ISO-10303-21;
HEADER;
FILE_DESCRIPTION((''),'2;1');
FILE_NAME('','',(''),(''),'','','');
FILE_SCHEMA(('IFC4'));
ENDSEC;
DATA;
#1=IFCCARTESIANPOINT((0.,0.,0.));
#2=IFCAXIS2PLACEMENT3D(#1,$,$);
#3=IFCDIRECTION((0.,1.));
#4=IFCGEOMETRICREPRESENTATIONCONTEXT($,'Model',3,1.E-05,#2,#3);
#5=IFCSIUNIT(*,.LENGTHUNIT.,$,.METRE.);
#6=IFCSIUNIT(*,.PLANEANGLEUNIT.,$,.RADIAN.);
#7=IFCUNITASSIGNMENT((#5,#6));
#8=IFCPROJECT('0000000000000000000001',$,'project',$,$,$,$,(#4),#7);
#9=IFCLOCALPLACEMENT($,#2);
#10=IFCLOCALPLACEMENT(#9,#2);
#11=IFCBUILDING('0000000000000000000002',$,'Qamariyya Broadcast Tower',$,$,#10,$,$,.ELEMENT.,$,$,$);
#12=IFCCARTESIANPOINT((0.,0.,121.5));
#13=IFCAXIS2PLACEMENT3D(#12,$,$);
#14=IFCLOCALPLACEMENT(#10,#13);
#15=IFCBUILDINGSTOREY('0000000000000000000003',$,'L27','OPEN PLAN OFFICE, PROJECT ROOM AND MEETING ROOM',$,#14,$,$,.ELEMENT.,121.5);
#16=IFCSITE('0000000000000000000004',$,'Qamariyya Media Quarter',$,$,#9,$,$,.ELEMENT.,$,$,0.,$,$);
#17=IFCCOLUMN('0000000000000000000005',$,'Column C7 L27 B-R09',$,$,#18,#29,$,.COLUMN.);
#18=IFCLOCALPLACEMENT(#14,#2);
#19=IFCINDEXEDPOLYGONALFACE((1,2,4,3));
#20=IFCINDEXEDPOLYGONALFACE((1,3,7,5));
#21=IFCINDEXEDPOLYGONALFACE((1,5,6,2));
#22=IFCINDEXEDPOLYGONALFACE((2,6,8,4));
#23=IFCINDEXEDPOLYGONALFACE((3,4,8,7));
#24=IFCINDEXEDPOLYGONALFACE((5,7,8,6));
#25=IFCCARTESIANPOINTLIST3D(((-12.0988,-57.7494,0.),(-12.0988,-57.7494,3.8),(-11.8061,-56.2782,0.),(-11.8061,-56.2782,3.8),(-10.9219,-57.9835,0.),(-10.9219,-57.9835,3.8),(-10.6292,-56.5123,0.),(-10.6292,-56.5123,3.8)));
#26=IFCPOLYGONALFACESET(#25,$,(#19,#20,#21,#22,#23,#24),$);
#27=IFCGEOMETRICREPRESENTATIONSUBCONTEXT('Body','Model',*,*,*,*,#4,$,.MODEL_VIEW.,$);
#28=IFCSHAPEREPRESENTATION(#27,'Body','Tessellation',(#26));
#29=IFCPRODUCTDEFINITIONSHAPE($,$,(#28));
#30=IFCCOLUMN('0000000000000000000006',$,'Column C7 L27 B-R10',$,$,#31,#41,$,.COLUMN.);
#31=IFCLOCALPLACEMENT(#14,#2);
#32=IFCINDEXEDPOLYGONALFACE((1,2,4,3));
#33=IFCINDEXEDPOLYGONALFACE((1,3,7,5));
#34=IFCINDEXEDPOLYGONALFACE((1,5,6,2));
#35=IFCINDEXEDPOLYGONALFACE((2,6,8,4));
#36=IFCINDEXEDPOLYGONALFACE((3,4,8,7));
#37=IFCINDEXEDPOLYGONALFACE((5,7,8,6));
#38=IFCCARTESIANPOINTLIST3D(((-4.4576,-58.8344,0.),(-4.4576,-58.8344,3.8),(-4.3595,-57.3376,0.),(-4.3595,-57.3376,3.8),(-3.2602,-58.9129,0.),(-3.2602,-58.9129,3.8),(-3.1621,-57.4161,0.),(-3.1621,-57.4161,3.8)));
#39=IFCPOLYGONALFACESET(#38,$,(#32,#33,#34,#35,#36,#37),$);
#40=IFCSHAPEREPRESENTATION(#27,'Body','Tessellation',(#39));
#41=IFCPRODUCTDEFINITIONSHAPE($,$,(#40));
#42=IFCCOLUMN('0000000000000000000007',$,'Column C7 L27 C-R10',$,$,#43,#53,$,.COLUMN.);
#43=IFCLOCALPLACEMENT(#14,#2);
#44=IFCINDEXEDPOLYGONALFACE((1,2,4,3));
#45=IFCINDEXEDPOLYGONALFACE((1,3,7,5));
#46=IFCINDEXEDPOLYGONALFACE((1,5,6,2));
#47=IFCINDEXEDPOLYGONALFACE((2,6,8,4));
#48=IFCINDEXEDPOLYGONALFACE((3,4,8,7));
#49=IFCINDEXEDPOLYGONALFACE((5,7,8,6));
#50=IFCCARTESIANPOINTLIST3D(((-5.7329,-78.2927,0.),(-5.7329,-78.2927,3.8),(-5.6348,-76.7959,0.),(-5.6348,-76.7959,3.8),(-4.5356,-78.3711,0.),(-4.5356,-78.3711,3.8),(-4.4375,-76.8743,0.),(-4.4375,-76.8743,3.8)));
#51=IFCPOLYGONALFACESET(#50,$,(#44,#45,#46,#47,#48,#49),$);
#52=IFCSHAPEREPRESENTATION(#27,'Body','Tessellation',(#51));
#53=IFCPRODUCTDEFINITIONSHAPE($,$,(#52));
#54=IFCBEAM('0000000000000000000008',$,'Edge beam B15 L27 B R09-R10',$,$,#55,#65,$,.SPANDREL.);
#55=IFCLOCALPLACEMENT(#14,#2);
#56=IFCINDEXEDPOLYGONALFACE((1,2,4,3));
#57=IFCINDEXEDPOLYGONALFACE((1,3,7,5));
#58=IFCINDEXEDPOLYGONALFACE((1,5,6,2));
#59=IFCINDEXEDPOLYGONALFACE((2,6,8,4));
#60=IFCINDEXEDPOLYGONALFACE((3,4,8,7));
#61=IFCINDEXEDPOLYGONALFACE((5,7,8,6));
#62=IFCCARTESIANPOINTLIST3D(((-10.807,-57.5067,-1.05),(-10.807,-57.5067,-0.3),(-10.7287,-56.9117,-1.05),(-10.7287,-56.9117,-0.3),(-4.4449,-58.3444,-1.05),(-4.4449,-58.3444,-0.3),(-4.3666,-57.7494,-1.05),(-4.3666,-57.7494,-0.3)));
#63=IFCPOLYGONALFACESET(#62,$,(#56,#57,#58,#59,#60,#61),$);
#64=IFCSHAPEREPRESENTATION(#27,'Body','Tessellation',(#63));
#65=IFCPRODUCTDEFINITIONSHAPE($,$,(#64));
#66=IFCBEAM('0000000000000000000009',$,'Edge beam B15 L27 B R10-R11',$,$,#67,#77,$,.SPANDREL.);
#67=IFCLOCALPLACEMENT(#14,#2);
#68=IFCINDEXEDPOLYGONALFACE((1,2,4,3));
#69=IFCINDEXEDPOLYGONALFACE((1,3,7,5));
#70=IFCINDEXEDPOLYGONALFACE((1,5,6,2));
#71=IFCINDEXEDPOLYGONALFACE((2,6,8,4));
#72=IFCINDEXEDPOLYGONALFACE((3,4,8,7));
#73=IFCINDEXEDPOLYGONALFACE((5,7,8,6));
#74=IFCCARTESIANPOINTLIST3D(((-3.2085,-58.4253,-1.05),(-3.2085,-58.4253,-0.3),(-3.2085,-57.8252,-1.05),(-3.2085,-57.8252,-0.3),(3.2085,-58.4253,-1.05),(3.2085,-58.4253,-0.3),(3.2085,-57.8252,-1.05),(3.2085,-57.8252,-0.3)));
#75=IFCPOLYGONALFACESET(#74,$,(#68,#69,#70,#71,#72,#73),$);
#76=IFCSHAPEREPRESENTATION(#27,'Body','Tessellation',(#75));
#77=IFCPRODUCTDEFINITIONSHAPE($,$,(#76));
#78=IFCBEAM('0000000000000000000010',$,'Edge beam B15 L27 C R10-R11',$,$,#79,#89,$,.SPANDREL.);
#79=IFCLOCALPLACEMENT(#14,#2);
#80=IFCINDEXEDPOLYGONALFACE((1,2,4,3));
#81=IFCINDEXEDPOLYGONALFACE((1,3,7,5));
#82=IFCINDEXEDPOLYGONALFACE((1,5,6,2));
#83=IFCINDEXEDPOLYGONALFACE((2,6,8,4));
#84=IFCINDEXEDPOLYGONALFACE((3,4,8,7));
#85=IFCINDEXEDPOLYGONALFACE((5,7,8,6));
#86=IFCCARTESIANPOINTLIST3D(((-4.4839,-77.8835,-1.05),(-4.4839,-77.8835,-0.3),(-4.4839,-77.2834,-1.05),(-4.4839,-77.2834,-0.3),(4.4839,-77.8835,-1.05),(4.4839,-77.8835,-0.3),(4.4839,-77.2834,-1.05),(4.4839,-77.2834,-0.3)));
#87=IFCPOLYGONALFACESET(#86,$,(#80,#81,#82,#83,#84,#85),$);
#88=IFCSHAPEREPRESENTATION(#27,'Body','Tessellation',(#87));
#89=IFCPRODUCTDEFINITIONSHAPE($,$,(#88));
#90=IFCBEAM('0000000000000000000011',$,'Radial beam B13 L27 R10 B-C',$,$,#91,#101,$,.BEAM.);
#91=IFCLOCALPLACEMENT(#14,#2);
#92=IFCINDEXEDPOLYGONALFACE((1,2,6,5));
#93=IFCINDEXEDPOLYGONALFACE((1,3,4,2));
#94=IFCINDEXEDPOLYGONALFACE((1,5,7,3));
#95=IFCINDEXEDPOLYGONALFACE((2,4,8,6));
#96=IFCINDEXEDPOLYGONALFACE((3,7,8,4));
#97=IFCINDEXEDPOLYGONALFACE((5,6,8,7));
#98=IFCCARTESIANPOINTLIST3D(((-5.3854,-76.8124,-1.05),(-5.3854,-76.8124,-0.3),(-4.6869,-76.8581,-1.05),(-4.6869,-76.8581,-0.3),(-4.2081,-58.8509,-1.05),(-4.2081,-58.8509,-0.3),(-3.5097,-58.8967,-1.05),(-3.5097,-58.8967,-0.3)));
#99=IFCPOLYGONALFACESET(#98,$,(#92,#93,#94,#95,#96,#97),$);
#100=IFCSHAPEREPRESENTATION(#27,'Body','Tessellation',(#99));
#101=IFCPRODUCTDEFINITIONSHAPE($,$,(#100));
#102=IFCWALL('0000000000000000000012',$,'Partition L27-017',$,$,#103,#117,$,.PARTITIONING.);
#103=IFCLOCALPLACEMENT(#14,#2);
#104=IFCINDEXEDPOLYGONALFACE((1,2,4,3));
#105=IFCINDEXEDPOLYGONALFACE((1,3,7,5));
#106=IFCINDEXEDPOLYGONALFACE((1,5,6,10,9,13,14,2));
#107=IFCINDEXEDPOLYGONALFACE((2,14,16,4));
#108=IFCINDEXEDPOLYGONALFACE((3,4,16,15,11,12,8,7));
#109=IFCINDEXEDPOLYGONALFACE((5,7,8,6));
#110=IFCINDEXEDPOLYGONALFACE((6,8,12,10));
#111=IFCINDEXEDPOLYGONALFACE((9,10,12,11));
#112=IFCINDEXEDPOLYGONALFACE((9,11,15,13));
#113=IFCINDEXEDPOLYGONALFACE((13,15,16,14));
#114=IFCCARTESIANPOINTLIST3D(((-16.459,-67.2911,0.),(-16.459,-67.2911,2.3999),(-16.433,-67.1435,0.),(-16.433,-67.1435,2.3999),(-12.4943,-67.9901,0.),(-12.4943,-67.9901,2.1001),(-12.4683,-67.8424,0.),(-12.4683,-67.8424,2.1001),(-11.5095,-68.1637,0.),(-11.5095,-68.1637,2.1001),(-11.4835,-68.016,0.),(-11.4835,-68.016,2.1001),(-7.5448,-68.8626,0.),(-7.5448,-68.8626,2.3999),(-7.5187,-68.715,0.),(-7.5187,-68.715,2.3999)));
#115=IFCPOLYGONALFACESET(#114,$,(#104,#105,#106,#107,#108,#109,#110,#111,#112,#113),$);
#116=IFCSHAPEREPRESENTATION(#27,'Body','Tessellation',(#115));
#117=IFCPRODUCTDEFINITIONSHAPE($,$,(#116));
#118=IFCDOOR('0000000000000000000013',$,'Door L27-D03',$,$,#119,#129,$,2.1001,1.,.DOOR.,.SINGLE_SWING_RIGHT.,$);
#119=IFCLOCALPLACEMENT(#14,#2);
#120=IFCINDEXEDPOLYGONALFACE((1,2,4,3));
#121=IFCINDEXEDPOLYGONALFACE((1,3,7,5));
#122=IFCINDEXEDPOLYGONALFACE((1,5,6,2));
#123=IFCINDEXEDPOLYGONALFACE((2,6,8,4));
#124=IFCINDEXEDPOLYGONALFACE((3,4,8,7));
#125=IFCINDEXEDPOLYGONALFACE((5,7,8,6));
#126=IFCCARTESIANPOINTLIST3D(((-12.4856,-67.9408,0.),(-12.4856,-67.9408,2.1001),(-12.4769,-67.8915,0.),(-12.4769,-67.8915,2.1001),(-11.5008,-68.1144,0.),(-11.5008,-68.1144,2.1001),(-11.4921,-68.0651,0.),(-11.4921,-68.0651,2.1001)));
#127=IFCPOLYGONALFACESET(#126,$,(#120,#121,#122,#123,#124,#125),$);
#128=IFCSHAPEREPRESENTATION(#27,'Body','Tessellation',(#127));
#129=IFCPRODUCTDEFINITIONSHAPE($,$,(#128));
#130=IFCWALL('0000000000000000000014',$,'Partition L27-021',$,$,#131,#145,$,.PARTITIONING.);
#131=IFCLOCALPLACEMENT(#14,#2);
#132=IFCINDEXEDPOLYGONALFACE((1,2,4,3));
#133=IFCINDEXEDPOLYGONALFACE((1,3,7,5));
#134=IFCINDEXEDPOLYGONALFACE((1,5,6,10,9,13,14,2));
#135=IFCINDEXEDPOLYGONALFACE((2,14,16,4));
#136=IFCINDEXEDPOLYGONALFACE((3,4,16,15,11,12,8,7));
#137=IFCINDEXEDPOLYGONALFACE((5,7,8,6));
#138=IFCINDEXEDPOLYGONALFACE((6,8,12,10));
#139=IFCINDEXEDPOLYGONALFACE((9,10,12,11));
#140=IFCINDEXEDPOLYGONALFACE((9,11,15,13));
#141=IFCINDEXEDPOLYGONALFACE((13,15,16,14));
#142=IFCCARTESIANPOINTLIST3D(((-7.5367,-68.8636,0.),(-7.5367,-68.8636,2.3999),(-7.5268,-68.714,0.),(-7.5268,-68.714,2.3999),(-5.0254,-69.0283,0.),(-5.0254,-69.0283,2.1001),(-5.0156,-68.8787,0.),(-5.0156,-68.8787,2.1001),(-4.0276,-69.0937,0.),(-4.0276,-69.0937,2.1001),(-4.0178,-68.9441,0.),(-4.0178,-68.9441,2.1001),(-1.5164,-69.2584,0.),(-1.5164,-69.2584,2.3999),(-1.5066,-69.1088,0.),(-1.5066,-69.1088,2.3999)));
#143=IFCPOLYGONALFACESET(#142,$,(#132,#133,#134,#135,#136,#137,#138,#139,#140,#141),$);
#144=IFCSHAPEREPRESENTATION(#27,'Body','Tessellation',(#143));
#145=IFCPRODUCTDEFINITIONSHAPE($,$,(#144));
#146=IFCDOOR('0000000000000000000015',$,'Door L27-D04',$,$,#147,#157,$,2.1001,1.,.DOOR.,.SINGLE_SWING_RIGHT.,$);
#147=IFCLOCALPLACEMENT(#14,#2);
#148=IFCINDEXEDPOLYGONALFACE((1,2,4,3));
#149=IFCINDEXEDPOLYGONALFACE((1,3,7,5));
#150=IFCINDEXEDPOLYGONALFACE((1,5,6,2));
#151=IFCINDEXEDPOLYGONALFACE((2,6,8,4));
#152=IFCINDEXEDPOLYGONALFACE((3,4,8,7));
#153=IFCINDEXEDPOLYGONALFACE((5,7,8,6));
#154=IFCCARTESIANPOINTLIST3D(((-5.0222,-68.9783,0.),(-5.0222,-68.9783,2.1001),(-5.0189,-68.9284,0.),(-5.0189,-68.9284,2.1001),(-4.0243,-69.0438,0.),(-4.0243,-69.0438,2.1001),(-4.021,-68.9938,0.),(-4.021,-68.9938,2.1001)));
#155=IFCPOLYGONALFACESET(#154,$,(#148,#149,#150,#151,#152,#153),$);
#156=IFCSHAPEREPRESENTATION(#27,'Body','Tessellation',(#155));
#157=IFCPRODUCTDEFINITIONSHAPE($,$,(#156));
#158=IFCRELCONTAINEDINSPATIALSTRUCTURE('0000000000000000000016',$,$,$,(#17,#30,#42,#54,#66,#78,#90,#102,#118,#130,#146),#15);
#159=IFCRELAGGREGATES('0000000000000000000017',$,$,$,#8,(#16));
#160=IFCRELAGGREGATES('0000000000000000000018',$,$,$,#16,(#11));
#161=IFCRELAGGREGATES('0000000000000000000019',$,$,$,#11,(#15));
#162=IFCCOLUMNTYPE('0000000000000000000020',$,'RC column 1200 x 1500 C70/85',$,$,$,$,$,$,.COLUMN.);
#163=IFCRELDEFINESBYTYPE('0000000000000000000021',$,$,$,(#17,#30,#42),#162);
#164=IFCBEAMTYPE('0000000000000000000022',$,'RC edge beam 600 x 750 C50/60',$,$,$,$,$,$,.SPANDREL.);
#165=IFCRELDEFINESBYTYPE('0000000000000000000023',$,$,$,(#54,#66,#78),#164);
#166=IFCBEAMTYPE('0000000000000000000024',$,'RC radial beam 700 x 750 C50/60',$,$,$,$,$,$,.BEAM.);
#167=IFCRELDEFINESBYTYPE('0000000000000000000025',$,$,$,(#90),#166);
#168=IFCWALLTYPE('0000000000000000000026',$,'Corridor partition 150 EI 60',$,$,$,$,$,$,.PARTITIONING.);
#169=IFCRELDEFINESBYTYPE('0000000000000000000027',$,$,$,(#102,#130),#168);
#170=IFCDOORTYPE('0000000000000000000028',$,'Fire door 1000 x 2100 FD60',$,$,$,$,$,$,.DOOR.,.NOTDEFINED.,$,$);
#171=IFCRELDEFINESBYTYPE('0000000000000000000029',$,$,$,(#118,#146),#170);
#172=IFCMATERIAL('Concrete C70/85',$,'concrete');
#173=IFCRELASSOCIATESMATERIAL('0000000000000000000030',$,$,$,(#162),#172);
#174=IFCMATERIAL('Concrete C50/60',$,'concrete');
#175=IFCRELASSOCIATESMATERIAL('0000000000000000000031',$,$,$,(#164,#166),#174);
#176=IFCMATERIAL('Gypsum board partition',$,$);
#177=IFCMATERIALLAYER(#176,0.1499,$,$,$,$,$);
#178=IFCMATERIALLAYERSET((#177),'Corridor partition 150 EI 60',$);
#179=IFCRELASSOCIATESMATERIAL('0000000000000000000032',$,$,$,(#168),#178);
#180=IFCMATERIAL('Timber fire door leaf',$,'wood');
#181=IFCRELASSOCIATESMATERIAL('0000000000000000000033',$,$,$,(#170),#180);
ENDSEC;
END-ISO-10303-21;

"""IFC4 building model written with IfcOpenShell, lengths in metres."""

from ifc_helpers import new_model, si_unit, direction, frame, frame_2d, origin, origin_2d, place, context, subcontext, project, spatial, rectangle, extrude, material, layer, layer_set, material_profile, profile_set, type_object, element, fill, save


model = new_model("IFC4")

# Units and contexts
model_context = context("Model", 3, precision=1e-05, world=origin(), true_north=direction((0.0, 1.0)))
body_context = subcontext(model_context, "Body", "Model", "MODEL_VIEW")
ifc_project = project(units=[si_unit("LENGTHUNIT", "METRE"), si_unit("PLANEANGLEUNIT", "RADIAN")], contexts=[model_context])

# Site, building, storey
site_placement = place(None, origin())
site = spatial("IfcSite", under=ifc_project, at=site_placement, Name="Qamariyya Media Quarter", CompositionType="ELEMENT", RefElevation=0.0)
building_placement = place(site_placement, origin())
building = spatial("IfcBuilding", under=site, at=building_placement, Name="Qamariyya Broadcast Tower", CompositionType="ELEMENT")
storey_placement = place(building_placement, frame((0.0, 0.0, 121.5)))
storey = spatial("IfcBuildingStorey", under=building, at=storey_placement, Name="L27", Description="OPEN PLAN OFFICE, PROJECT ROOM AND MEETING ROOM", CompositionType="ELEMENT", Elevation=121.5)

# Columns
ifc_material_1 = material(Name="Concrete C70/85", Category="concrete")
ifc_material_profile_1 = material_profile(ifc_material_1, rectangle(XDim=1.2, YDim=1.5, at=origin_2d()))
ifc_profile_set_1 = profile_set([ifc_material_profile_1], Name="Concrete C70/85")
column_type = type_object("IfcColumnType", Name="RC column 1200 x 1500 C70/85", PredefinedType="COLUMN", material=ifc_profile_set_1)
for number, where, z_axis, x_axis, name in (
    (1, (-11.364, -57.1309, 0.0), (0.0, 0.0, 1.0), (0.980785, -0.19509, 0.0), "Column C7 L27 B-R09"),
    (2, (-3.8098, -58.1252, 0.0), (0.0, 0.0, 1.0), (0.997859, -0.065403, 0.0), "Column C7 L27 B-R10"),
    (3, (-5.0852, -77.5835, 0.0), (0.0, 0.0, 1.0), (0.997859, -0.065403, 0.0), "Column C7 L27 C-R10"),
):
    element("IfcColumn", number, at=place(storey_placement, frame(where, z_axis=z_axis, x_axis=x_axis)), inside=storey, type_object=column_type, Name=name, PredefinedType="COLUMN", context=body_context, shape_type="SweptSolid", body=[
        extrude(rectangle(XDim=1.2, YDim=1.5, at=origin_2d()), origin(), (0.0, 0.0, 1.0), 3.8),
    ])

# Beams
ifc_material_2 = material(Name="Concrete C50/60", Category="concrete")
ifc_material_profile_2 = material_profile(ifc_material_2, rectangle(XDim=0.6001, YDim=0.75, at=origin_2d()))
ifc_profile_set_2 = profile_set([ifc_material_profile_2], Name="Concrete C50/60")
beam_type_1 = type_object("IfcBeamType", Name="RC edge beam 600 x 750 C50/60", PredefinedType="SPANDREL", material=ifc_profile_set_2)
for number, where, z_axis, x_axis, name in (
    (4, (-10.7678, -57.2092, -0.675), (0.991444, -0.130536, 0.0), (0.130536, 0.991444, 0.0), "Edge beam B15 L27 B R09-R10"),
    (5, (-3.2085, -58.1252, -0.675), (1.0, 0.0, 0.0), (0.0, 1.0, 0.0), "Edge beam B15 L27 B R10-R11"),
):
    element("IfcBeam", number, at=place(storey_placement, frame(where, z_axis=z_axis, x_axis=x_axis)), inside=storey, type_object=beam_type_1, Name=name, PredefinedType="SPANDREL", context=body_context, shape_type="SweptSolid", body=[
        extrude(rectangle(XDim=0.6001, YDim=0.75, at=origin_2d()), origin(), (0.0, 0.0, 1.0), 6.417),
    ])
beam_1_placement = place(storey_placement, frame((-4.4839, -77.5835, -0.675), z_axis=(1.0, 0.0, 0.0), x_axis=(0.0, 1.0, 0.0)))
element("IfcBeam", 6, at=beam_1_placement, inside=storey, type_object=beam_type_1, Name="Edge beam B15 L27 C R10-R11", PredefinedType="SPANDREL", context=body_context, shape_type="SweptSolid", body=[
    extrude(rectangle(XDim=0.6001, YDim=0.75, at=origin_2d()), origin(), (0.0, 0.0, 1.0), 8.9678),
])
ifc_material_profile_3 = material_profile(ifc_material_2, rectangle(XDim=0.7, YDim=0.75, at=origin_2d()))
ifc_profile_set_3 = profile_set([ifc_material_profile_3], Name="Concrete C50/60")
beam_type_2 = type_object("IfcBeamType", Name="RC radial beam 700 x 750 C50/60", PredefinedType="BEAM", material=ifc_profile_set_3)
beam_2_placement = place(storey_placement, frame((-3.8589, -58.8738, -0.675), z_axis=(-0.065403, -0.997859, 0.0), x_axis=(0.997859, -0.065403, 0.0)))
element("IfcBeam", 7, at=beam_2_placement, inside=storey, type_object=beam_type_2, Name="Radial beam B13 L27 R10 B-C", PredefinedType="BEAM", context=body_context, shape_type="SweptSolid", body=[
    extrude(rectangle(XDim=0.7, YDim=0.75, at=origin_2d()), origin(), (0.0, 0.0, 1.0), 18.0),
])

# Walls, openings, doors
ifc_material_3 = material(Name="Gypsum board partition")
ifc_layer_1 = layer(ifc_material_3, 0.1499)
ifc_layer_set_1 = layer_set([ifc_layer_1], Name="Corridor partition 150 EI 60")
wall_type_1 = type_object("IfcWallType", Name="Corridor partition 150 EI 60", PredefinedType="PARTITIONING", material=ifc_layer_set_1)
wall_1_placement = place(storey_placement, frame((-7.5317, -68.7888, 0.0), z_axis=(0.0, 0.0, 1.0), x_axis=(-0.984813, 0.173616, 0.0)))
wall_1 = element("IfcWall", 8, at=wall_1_placement, inside=storey, type_object=wall_type_1, Name="Partition L27-017", PredefinedType="PARTITIONING", context=body_context, shape_type="SweptSolid", body=[
    extrude(rectangle(XDim=9.0518, YDim=0.1499, at=frame_2d((4.5259, 0.0))), origin(), (0.0, 0.0, 1.0), 2.3999),
])
opening_1_placement = place(wall_1_placement, frame((4.0259, 0.0, 0.0)))
opening_1 = element("IfcOpeningElement", 9, at=opening_1_placement, cuts=wall_1, PredefinedType="OPENING", context=body_context, shape_type="SweptSolid", body=[
    extrude(rectangle(XDim=1.0, YDim=2.1001, at=frame_2d((0.5, 1.05))), frame((0.0, 0.085, 0.0), z_axis=(0.0, -1.0, 0.0), x_axis=(1.0, 0.0, 0.0)), (0.0, 0.0, 1.0), 0.1699),
])
ifc_material_4 = material(Name="Timber fire door leaf", Category="wood")
door_type_1 = type_object("IfcDoorType", Name="Fire door 1000 x 2100 FD60", OperationType="NOTDEFINED", PredefinedType="DOOR", material=ifc_material_4)
door_1_placement = place(opening_1_placement, origin())
door_1 = element("IfcDoor", 10, at=door_1_placement, inside=storey, type_object=door_type_1, Name="Door L27-D03", OperationType="SINGLE_SWING_RIGHT", OverallHeight=2.1001, OverallWidth=1.0, PredefinedType="DOOR", context=body_context, shape_type="SweptSolid", body=[
    extrude(rectangle(XDim=1.0, YDim=2.1001, at=frame_2d((0.5, 1.05))), frame((0.0, 0.0249, 0.0), z_axis=(0.0, -1.0, 0.0), x_axis=(1.0, 0.0, 0.0)), (0.0, 0.0, 1.0), 0.05),
])
fill(opening_1, door_1)
wall_2_placement = place(storey_placement, frame((-1.5115, -69.1836, 0.0), z_axis=(0.0, 0.0, 1.0), x_axis=(-0.997857, 0.065434, 0.0)))
wall_2 = element("IfcWall", 11, at=wall_2_placement, inside=storey, type_object=wall_type_1, Name="Partition L27-021", PredefinedType="PARTITIONING", context=body_context, shape_type="SweptSolid", body=[
    extrude(rectangle(XDim=6.0332, YDim=0.1499, at=frame_2d((3.0166, 0.0))), origin(), (0.0, 0.0, 1.0), 2.3999),
])
opening_2_placement = place(wall_2_placement, frame((2.5166, 0.0, 0.0)))
opening_2 = element("IfcOpeningElement", 12, at=opening_2_placement, cuts=wall_2, PredefinedType="OPENING", context=body_context, shape_type="SweptSolid", body=[
    extrude(rectangle(XDim=1.0, YDim=2.1001, at=frame_2d((0.5, 1.05))), frame((0.0, 0.085, 0.0), z_axis=(0.0, -1.0, 0.0), x_axis=(1.0, 0.0, 0.0)), (0.0, 0.0, 1.0), 0.1699),
])
door_2_placement = place(opening_2_placement, origin())
door_2 = element("IfcDoor", 13, at=door_2_placement, inside=storey, type_object=door_type_1, Name="Door L27-D04", OperationType="SINGLE_SWING_RIGHT", OverallHeight=2.1001, OverallWidth=1.0, PredefinedType="DOOR", context=body_context, shape_type="SweptSolid", body=[
    extrude(rectangle(XDim=1.0, YDim=2.1001, at=frame_2d((0.5, 1.05))), frame((0.0, 0.0249, 0.0), z_axis=(0.0, -1.0, 0.0), x_axis=(1.0, 0.0, 0.0)), (0.0, 0.0, 1.0), 0.05),
])
fill(opening_2, door_2)

save(model, "model.ifc")
